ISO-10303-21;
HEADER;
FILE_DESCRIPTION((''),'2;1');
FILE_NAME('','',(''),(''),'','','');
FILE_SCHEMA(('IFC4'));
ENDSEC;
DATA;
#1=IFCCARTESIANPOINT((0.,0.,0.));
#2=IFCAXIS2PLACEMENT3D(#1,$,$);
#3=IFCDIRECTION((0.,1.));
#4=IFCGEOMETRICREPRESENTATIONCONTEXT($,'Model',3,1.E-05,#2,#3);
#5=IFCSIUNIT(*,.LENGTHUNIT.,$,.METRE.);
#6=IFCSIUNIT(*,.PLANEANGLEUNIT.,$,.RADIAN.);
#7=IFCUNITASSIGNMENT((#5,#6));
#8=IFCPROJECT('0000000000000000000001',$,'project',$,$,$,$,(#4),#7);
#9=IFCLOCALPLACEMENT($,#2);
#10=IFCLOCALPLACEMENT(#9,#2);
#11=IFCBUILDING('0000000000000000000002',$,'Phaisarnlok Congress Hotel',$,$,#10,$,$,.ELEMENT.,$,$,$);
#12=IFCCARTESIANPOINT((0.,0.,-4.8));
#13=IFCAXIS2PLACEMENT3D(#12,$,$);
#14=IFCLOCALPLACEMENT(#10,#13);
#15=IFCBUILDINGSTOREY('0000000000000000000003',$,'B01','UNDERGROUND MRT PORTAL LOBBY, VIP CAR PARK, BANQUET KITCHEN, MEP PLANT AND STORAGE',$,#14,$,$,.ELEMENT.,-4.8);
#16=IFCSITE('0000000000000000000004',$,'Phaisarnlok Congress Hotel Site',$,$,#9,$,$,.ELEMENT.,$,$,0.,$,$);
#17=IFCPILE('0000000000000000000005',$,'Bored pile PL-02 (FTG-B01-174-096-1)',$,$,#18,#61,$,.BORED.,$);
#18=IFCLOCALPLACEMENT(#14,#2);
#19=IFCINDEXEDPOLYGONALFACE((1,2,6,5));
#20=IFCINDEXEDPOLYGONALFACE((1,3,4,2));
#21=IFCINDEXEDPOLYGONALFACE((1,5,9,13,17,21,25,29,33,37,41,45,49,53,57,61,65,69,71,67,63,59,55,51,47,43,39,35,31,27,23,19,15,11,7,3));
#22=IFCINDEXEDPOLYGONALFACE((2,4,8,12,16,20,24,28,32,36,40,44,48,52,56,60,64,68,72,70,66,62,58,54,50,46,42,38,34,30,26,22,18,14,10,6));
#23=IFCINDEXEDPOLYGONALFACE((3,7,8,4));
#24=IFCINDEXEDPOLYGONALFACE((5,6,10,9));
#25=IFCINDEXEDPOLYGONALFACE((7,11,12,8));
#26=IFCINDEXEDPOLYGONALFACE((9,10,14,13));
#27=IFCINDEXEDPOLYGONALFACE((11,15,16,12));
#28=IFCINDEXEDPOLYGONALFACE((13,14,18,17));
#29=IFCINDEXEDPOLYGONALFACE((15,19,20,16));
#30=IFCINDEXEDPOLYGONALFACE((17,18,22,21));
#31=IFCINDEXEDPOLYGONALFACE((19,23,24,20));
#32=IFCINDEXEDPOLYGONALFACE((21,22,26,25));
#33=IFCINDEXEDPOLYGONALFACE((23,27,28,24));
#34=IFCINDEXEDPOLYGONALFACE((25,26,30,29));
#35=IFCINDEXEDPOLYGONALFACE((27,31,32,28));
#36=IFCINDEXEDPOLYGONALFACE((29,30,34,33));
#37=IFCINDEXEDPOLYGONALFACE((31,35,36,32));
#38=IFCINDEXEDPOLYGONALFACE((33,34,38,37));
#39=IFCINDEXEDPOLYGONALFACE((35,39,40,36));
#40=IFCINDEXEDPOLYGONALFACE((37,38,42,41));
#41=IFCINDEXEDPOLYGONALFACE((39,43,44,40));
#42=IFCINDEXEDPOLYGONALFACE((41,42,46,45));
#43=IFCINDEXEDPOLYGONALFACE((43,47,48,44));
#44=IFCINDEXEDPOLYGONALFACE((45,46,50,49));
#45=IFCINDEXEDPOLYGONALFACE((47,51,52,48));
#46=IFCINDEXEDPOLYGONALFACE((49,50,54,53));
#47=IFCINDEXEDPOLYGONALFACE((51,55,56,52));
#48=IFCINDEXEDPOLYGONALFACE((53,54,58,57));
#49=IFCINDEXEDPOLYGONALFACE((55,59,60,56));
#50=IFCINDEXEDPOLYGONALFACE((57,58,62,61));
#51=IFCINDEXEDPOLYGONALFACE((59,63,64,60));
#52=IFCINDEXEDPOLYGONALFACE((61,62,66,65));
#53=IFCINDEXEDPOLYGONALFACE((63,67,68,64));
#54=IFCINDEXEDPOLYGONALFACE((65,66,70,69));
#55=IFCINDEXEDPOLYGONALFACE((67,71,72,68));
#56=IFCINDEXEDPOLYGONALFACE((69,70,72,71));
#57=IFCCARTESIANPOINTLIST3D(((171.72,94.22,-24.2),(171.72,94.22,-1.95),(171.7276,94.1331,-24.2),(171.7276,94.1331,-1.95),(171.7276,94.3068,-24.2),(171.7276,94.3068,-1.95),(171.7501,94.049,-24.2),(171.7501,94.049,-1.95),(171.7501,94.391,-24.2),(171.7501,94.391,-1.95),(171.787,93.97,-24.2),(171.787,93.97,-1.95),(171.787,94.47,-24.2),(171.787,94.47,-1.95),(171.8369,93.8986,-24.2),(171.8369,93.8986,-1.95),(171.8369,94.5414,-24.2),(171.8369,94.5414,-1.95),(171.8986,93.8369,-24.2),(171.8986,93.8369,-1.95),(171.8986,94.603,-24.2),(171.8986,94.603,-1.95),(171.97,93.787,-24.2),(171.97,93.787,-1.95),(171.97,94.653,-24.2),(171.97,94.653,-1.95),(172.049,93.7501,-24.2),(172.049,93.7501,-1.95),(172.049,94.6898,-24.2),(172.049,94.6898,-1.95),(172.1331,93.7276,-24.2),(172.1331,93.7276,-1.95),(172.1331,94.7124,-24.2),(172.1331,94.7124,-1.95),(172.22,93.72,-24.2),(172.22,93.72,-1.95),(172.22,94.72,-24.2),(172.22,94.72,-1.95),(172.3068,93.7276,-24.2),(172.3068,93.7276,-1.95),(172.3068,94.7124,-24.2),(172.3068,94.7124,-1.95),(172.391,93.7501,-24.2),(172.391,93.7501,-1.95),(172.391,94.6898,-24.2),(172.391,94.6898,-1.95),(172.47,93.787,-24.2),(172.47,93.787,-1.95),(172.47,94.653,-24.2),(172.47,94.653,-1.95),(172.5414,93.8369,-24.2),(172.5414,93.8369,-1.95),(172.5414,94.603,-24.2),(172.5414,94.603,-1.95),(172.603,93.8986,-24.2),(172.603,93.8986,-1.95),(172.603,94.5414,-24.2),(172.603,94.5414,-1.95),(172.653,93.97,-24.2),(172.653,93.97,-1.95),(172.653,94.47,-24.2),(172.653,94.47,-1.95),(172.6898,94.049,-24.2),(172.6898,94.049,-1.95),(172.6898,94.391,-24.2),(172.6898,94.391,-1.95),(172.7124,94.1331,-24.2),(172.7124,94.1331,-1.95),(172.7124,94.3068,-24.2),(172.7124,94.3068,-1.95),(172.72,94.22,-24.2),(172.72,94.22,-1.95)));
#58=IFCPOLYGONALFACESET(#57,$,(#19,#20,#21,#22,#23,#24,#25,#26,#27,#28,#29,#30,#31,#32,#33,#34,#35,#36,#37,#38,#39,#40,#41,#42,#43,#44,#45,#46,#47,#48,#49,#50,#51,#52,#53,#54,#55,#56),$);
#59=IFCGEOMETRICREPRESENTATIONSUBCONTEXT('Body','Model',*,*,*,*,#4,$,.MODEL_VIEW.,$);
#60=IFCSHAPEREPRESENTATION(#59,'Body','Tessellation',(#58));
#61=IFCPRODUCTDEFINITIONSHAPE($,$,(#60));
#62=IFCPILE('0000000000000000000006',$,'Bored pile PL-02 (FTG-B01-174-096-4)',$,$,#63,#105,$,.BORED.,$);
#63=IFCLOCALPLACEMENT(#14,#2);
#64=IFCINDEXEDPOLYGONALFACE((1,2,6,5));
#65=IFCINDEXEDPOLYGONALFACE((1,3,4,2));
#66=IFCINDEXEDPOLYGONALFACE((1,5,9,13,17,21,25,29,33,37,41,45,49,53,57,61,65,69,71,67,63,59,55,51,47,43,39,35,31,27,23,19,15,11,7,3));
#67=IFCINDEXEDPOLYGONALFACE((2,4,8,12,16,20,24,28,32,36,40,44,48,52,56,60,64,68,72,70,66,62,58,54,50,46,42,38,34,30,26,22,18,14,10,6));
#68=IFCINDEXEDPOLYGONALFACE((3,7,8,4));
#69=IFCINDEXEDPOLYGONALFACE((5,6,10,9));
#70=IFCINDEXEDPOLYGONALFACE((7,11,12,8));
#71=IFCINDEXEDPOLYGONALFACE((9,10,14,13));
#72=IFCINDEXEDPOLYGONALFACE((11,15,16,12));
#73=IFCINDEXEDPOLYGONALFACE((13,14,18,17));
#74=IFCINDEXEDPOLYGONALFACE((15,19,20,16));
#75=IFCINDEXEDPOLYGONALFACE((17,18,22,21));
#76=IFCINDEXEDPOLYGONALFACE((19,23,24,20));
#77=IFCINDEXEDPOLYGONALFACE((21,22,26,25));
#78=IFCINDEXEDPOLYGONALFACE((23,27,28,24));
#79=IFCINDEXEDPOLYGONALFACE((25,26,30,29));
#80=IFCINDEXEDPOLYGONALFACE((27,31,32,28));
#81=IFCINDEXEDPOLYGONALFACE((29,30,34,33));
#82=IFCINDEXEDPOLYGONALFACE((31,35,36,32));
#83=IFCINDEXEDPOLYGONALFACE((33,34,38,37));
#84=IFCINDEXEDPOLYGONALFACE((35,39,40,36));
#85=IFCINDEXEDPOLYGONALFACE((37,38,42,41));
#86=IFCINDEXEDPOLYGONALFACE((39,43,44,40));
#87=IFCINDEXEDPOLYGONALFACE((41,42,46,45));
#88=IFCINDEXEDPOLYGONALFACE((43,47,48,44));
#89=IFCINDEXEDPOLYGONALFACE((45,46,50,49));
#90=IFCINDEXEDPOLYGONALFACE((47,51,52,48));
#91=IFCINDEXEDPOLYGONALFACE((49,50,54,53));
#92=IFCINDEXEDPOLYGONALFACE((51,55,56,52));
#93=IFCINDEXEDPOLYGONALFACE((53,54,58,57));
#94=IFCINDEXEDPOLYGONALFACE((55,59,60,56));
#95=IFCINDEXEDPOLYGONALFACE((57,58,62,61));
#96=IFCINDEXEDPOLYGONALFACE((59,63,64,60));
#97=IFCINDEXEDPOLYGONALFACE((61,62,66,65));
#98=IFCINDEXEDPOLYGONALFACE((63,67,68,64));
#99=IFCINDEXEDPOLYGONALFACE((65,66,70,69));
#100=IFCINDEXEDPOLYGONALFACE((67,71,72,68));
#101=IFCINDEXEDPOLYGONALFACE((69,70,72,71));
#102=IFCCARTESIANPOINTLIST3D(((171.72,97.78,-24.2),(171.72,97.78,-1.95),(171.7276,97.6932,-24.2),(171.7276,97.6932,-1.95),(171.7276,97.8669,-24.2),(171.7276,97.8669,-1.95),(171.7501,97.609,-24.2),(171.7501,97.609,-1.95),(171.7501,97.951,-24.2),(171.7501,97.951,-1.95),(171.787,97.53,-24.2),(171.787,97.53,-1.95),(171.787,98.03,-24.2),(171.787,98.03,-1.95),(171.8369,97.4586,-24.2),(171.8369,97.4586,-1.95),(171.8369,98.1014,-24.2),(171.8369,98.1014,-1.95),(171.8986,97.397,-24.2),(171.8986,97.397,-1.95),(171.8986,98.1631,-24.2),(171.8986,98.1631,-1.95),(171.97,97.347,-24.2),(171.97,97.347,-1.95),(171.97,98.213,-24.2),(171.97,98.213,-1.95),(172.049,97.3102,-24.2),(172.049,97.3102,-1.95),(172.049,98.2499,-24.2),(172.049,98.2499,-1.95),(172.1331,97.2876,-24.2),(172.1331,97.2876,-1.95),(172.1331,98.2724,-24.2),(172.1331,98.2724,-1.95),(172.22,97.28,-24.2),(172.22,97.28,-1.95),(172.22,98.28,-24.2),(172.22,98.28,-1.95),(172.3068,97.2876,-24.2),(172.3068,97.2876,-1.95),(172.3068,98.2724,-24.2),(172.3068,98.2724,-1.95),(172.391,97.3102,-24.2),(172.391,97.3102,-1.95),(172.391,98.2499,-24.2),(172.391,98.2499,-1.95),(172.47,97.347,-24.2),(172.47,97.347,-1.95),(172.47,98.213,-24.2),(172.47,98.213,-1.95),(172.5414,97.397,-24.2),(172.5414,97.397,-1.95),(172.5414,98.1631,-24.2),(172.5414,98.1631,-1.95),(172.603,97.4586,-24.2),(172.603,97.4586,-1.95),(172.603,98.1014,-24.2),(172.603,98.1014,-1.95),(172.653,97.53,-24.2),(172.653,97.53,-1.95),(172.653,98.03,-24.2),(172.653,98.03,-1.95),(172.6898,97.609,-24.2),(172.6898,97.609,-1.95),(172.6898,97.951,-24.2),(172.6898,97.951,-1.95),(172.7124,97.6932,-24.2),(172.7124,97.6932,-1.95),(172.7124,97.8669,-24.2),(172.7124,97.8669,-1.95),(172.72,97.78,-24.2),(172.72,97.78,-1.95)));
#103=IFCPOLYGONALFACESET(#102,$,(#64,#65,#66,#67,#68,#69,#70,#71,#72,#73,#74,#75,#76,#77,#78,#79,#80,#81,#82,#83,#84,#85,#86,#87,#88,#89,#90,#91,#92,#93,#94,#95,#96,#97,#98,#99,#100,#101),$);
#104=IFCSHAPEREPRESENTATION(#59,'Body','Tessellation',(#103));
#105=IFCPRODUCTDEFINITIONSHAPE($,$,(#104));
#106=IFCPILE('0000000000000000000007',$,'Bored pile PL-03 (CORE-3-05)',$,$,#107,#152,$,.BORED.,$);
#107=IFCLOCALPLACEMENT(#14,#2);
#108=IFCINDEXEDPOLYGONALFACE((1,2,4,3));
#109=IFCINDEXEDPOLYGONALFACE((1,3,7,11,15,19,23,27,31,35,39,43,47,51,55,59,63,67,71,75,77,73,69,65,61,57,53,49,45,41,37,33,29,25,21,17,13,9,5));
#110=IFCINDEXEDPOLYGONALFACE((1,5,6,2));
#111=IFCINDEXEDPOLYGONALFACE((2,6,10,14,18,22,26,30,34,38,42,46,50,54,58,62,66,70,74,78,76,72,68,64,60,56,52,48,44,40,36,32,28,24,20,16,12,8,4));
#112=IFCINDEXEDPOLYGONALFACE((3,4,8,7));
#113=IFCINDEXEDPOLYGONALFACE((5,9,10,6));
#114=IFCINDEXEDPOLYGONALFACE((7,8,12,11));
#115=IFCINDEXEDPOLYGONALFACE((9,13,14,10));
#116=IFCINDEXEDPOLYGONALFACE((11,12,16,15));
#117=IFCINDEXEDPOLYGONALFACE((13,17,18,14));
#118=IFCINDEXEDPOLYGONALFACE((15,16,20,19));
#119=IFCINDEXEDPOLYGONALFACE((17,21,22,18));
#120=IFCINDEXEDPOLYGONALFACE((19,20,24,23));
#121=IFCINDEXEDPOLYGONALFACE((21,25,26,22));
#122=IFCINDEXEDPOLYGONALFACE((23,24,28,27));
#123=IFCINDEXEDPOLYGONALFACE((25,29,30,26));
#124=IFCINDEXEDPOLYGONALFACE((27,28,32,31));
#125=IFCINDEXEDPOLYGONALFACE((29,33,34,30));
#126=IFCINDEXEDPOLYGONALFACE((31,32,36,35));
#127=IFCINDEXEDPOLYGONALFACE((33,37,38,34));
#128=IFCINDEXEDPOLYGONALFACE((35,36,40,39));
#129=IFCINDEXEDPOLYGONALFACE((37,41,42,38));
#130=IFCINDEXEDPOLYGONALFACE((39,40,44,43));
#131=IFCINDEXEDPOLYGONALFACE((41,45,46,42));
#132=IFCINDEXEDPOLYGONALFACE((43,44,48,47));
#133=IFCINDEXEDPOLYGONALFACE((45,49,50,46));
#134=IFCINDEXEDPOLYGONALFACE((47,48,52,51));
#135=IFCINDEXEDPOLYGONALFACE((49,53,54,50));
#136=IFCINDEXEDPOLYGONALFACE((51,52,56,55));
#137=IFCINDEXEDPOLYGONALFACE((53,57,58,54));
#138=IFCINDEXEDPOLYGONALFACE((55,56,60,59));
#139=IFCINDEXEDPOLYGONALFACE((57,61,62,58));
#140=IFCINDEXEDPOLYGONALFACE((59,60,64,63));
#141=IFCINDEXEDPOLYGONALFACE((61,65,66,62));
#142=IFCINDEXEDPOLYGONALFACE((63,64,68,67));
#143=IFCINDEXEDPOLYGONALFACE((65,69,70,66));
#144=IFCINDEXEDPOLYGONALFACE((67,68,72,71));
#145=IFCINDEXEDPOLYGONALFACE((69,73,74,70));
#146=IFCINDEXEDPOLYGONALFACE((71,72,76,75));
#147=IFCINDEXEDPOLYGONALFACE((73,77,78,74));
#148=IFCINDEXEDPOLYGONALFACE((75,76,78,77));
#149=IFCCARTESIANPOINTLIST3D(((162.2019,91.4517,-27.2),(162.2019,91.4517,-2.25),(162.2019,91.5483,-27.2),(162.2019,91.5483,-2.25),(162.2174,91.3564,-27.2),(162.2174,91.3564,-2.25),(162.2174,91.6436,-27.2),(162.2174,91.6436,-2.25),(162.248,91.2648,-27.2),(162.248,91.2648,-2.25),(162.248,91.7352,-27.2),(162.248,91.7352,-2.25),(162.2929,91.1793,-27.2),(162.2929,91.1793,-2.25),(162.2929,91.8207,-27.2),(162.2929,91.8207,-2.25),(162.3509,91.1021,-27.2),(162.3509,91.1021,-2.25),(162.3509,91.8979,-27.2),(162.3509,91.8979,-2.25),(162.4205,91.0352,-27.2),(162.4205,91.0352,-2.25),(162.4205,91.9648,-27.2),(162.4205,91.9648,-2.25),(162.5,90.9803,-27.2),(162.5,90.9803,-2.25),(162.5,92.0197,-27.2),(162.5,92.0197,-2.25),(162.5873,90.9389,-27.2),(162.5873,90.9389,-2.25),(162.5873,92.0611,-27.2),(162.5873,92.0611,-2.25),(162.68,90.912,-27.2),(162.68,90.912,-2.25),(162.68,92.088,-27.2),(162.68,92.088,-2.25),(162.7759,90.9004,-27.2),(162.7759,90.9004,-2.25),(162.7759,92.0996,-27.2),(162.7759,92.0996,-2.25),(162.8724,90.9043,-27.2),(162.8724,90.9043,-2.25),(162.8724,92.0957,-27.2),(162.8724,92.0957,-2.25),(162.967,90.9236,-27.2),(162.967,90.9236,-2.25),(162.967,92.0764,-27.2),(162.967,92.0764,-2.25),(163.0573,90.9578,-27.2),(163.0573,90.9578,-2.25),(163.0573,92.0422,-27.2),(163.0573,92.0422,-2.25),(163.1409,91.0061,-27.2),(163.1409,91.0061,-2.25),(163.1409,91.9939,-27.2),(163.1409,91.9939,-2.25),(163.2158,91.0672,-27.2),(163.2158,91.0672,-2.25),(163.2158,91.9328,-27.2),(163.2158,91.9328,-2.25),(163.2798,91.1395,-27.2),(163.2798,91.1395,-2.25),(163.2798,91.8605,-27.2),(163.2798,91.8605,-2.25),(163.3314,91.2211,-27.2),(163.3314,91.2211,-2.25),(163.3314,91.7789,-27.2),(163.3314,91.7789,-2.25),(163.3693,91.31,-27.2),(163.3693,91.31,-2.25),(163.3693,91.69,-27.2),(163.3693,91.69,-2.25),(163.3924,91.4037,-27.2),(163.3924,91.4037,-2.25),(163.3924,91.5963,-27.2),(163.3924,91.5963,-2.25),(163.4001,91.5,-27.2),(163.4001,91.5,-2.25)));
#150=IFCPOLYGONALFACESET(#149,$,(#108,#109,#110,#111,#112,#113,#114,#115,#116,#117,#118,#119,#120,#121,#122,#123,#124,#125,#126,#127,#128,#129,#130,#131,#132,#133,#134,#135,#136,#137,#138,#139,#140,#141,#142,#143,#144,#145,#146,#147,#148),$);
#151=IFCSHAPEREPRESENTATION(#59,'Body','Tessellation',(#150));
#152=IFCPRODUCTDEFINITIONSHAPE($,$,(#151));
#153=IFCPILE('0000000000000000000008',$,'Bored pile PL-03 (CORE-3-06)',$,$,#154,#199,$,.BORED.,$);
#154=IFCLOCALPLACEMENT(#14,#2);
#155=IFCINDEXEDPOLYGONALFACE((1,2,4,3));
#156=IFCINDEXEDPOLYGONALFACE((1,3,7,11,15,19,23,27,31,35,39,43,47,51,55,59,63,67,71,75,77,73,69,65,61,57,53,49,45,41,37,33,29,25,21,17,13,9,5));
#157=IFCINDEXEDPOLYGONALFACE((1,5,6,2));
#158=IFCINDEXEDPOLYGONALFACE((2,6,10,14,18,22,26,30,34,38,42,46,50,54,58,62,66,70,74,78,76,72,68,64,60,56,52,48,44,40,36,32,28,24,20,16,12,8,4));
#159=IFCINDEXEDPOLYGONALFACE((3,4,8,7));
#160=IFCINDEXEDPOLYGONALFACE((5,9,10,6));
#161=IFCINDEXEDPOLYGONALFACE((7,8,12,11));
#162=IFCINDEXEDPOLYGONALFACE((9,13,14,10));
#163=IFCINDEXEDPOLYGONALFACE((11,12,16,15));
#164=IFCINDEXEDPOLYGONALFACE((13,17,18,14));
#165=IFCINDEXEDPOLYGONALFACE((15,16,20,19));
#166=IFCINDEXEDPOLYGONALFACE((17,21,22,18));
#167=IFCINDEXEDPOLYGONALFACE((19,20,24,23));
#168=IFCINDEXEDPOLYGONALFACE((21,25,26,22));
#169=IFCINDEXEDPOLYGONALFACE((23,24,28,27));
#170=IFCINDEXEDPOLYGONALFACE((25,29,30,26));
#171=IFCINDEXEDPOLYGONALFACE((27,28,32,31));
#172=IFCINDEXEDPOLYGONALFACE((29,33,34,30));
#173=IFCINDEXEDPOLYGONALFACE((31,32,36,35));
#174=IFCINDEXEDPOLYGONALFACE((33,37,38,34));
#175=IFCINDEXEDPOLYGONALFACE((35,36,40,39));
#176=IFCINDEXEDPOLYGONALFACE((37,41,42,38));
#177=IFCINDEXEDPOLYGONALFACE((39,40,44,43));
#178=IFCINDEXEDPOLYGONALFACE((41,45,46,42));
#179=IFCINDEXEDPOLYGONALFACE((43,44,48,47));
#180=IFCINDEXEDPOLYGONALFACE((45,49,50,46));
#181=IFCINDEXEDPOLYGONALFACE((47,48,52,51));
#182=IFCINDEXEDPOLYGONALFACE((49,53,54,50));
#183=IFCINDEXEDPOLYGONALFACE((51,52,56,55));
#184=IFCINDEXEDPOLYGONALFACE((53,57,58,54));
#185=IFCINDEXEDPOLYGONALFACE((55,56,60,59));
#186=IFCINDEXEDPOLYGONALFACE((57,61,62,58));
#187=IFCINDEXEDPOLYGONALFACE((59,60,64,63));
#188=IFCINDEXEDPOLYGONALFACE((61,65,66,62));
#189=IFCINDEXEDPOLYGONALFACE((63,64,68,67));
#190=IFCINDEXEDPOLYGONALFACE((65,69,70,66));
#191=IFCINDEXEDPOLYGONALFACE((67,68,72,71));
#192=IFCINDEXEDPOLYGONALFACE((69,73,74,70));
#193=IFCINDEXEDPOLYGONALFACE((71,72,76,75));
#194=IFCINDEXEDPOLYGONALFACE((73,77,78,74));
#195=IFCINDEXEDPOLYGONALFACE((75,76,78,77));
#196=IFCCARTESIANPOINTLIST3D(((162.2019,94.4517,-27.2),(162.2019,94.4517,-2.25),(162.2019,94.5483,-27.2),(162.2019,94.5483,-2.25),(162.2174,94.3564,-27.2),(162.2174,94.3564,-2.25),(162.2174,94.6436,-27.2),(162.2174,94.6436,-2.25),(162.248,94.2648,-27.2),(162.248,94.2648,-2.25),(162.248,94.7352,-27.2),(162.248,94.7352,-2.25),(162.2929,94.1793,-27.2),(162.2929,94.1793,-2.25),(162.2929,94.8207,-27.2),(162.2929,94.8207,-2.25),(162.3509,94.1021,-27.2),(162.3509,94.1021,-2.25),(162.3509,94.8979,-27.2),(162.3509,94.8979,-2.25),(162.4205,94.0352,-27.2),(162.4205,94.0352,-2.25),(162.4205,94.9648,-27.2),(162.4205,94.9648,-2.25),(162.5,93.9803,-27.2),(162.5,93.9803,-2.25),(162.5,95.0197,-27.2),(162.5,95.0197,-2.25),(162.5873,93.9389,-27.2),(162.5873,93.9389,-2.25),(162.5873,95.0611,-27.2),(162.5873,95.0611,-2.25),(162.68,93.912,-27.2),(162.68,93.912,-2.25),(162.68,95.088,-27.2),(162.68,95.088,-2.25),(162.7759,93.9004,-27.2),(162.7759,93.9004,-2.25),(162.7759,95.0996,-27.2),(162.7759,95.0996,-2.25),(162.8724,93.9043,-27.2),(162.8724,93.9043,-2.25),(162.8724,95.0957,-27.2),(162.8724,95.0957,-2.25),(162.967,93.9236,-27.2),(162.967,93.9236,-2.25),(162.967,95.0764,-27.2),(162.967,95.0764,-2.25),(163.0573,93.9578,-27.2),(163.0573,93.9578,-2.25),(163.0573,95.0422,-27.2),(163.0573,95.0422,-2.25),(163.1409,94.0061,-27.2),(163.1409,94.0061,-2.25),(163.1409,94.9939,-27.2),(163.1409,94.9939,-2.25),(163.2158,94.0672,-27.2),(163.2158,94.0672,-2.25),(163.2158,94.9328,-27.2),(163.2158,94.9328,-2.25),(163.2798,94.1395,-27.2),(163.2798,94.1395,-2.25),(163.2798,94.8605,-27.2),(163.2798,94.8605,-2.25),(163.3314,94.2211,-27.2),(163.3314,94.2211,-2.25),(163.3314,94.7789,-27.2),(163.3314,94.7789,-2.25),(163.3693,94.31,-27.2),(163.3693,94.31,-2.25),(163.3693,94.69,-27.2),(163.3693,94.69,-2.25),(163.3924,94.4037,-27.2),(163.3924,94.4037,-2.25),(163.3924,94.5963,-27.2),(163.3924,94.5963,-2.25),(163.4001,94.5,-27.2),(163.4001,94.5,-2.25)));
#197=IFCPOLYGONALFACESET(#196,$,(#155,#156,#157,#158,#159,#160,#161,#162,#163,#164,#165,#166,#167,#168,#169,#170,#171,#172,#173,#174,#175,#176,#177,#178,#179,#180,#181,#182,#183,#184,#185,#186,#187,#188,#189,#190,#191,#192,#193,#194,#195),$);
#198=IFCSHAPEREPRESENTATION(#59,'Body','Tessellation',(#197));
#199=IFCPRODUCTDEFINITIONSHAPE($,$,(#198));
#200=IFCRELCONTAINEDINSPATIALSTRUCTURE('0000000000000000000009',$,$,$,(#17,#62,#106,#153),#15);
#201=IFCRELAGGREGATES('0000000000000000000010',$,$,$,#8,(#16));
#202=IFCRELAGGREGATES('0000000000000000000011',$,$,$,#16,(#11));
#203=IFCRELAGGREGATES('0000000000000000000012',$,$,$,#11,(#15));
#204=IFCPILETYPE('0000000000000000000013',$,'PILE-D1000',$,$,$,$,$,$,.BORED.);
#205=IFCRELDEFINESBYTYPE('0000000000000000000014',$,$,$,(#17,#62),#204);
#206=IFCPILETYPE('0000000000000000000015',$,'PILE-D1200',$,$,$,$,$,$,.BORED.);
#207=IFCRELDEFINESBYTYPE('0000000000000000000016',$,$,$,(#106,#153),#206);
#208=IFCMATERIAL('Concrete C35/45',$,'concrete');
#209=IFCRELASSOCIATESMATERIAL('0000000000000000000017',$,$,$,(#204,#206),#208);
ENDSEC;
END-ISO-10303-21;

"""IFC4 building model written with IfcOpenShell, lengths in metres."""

from ifc_helpers import new_model, si_unit, direction, frame, origin, origin_2d, place, context, subcontext, project, spatial, circle, extrude, material, material_profile, profile_set, type_object, element, save


model = new_model("IFC4")

# Units and contexts
model_context = context("Model", 3, precision=1e-05, world=origin(), true_north=direction((0.0, 1.0)))
body_context = subcontext(model_context, "Body", "Model", "MODEL_VIEW")
ifc_project = project(units=[si_unit("LENGTHUNIT", "METRE"), si_unit("PLANEANGLEUNIT", "RADIAN")], contexts=[model_context])

# Site, building, storey
site_placement = place(None, origin())
site = spatial("IfcSite", under=ifc_project, at=site_placement, Name="Phaisarnlok Congress Hotel Site", CompositionType="ELEMENT", RefElevation=0.0)
building_placement = place(site_placement, origin())
building = spatial("IfcBuilding", under=site, at=building_placement, Name="Phaisarnlok Congress Hotel", CompositionType="ELEMENT")
storey_placement = place(building_placement, frame((0.0, 0.0, -4.8)))
storey = spatial("IfcBuildingStorey", under=building, at=storey_placement, Name="B01", Description="UNDERGROUND MRT PORTAL LOBBY, VIP CAR PARK, BANQUET KITCHEN, MEP PLANT AND STORAGE", CompositionType="ELEMENT", Elevation=-4.8)

# Piles
ifc_material_1 = material(Name="Concrete C35/45", Category="concrete")
ifc_material_profile_1 = material_profile(ifc_material_1, circle(Radius=0.5, at=origin_2d()), Name="BORED PILE D1000")
ifc_profile_set_1 = profile_set([ifc_material_profile_1], Name="Concrete C35/45")
pile_type_1 = type_object("IfcPileType", Name="PILE-D1000", PredefinedType="BORED", material=ifc_profile_set_1)
for number, where, z_axis, x_axis, name in (
    (1, (172.22, 94.22, -1.95), (0.0, 0.0, -1.0), (1.0, 0.0, 0.0), "Bored pile PL-02 (FTG-B01-174-096-1)"),
    (2, (172.22, 97.78, -1.95), (0.0, 0.0, -1.0), (1.0, 0.0, 0.0), "Bored pile PL-02 (FTG-B01-174-096-4)"),
):
    element("IfcPile", number, at=place(storey_placement, frame(where, z_axis=z_axis, x_axis=x_axis)), inside=storey, type_object=pile_type_1, Name=name, PredefinedType="BORED", context=body_context, shape_type="SweptSolid", body=[
        extrude(circle(Radius=0.5, at=origin_2d()), origin(), (0.0, 0.0, 1.0), 22.25),
    ])
ifc_material_profile_2 = material_profile(ifc_material_1, circle(Radius=0.6001, at=origin_2d()), Name="BORED PILE D1200")
ifc_profile_set_2 = profile_set([ifc_material_profile_2], Name="Concrete C35/45")
pile_type_2 = type_object("IfcPileType", Name="PILE-D1200", PredefinedType="BORED", material=ifc_profile_set_2)
for number, where, z_axis, x_axis, name in (
    (3, (162.8, 91.5, -2.25), (0.0, 0.0, -1.0), (1.0, 0.0, 0.0), "Bored pile PL-03 (CORE-3-05)"),
    (4, (162.8, 94.5, -2.25), (0.0, 0.0, -1.0), (1.0, 0.0, 0.0), "Bored pile PL-03 (CORE-3-06)"),
):
    element("IfcPile", number, at=place(storey_placement, frame(where, z_axis=z_axis, x_axis=x_axis)), inside=storey, type_object=pile_type_2, Name=name, PredefinedType="BORED", context=body_context, shape_type="SweptSolid", body=[
        extrude(circle(Radius=0.6001, at=origin_2d()), origin(), (0.0, 0.0, 1.0), 24.95),
    ])

save(model, "model.ifc")
